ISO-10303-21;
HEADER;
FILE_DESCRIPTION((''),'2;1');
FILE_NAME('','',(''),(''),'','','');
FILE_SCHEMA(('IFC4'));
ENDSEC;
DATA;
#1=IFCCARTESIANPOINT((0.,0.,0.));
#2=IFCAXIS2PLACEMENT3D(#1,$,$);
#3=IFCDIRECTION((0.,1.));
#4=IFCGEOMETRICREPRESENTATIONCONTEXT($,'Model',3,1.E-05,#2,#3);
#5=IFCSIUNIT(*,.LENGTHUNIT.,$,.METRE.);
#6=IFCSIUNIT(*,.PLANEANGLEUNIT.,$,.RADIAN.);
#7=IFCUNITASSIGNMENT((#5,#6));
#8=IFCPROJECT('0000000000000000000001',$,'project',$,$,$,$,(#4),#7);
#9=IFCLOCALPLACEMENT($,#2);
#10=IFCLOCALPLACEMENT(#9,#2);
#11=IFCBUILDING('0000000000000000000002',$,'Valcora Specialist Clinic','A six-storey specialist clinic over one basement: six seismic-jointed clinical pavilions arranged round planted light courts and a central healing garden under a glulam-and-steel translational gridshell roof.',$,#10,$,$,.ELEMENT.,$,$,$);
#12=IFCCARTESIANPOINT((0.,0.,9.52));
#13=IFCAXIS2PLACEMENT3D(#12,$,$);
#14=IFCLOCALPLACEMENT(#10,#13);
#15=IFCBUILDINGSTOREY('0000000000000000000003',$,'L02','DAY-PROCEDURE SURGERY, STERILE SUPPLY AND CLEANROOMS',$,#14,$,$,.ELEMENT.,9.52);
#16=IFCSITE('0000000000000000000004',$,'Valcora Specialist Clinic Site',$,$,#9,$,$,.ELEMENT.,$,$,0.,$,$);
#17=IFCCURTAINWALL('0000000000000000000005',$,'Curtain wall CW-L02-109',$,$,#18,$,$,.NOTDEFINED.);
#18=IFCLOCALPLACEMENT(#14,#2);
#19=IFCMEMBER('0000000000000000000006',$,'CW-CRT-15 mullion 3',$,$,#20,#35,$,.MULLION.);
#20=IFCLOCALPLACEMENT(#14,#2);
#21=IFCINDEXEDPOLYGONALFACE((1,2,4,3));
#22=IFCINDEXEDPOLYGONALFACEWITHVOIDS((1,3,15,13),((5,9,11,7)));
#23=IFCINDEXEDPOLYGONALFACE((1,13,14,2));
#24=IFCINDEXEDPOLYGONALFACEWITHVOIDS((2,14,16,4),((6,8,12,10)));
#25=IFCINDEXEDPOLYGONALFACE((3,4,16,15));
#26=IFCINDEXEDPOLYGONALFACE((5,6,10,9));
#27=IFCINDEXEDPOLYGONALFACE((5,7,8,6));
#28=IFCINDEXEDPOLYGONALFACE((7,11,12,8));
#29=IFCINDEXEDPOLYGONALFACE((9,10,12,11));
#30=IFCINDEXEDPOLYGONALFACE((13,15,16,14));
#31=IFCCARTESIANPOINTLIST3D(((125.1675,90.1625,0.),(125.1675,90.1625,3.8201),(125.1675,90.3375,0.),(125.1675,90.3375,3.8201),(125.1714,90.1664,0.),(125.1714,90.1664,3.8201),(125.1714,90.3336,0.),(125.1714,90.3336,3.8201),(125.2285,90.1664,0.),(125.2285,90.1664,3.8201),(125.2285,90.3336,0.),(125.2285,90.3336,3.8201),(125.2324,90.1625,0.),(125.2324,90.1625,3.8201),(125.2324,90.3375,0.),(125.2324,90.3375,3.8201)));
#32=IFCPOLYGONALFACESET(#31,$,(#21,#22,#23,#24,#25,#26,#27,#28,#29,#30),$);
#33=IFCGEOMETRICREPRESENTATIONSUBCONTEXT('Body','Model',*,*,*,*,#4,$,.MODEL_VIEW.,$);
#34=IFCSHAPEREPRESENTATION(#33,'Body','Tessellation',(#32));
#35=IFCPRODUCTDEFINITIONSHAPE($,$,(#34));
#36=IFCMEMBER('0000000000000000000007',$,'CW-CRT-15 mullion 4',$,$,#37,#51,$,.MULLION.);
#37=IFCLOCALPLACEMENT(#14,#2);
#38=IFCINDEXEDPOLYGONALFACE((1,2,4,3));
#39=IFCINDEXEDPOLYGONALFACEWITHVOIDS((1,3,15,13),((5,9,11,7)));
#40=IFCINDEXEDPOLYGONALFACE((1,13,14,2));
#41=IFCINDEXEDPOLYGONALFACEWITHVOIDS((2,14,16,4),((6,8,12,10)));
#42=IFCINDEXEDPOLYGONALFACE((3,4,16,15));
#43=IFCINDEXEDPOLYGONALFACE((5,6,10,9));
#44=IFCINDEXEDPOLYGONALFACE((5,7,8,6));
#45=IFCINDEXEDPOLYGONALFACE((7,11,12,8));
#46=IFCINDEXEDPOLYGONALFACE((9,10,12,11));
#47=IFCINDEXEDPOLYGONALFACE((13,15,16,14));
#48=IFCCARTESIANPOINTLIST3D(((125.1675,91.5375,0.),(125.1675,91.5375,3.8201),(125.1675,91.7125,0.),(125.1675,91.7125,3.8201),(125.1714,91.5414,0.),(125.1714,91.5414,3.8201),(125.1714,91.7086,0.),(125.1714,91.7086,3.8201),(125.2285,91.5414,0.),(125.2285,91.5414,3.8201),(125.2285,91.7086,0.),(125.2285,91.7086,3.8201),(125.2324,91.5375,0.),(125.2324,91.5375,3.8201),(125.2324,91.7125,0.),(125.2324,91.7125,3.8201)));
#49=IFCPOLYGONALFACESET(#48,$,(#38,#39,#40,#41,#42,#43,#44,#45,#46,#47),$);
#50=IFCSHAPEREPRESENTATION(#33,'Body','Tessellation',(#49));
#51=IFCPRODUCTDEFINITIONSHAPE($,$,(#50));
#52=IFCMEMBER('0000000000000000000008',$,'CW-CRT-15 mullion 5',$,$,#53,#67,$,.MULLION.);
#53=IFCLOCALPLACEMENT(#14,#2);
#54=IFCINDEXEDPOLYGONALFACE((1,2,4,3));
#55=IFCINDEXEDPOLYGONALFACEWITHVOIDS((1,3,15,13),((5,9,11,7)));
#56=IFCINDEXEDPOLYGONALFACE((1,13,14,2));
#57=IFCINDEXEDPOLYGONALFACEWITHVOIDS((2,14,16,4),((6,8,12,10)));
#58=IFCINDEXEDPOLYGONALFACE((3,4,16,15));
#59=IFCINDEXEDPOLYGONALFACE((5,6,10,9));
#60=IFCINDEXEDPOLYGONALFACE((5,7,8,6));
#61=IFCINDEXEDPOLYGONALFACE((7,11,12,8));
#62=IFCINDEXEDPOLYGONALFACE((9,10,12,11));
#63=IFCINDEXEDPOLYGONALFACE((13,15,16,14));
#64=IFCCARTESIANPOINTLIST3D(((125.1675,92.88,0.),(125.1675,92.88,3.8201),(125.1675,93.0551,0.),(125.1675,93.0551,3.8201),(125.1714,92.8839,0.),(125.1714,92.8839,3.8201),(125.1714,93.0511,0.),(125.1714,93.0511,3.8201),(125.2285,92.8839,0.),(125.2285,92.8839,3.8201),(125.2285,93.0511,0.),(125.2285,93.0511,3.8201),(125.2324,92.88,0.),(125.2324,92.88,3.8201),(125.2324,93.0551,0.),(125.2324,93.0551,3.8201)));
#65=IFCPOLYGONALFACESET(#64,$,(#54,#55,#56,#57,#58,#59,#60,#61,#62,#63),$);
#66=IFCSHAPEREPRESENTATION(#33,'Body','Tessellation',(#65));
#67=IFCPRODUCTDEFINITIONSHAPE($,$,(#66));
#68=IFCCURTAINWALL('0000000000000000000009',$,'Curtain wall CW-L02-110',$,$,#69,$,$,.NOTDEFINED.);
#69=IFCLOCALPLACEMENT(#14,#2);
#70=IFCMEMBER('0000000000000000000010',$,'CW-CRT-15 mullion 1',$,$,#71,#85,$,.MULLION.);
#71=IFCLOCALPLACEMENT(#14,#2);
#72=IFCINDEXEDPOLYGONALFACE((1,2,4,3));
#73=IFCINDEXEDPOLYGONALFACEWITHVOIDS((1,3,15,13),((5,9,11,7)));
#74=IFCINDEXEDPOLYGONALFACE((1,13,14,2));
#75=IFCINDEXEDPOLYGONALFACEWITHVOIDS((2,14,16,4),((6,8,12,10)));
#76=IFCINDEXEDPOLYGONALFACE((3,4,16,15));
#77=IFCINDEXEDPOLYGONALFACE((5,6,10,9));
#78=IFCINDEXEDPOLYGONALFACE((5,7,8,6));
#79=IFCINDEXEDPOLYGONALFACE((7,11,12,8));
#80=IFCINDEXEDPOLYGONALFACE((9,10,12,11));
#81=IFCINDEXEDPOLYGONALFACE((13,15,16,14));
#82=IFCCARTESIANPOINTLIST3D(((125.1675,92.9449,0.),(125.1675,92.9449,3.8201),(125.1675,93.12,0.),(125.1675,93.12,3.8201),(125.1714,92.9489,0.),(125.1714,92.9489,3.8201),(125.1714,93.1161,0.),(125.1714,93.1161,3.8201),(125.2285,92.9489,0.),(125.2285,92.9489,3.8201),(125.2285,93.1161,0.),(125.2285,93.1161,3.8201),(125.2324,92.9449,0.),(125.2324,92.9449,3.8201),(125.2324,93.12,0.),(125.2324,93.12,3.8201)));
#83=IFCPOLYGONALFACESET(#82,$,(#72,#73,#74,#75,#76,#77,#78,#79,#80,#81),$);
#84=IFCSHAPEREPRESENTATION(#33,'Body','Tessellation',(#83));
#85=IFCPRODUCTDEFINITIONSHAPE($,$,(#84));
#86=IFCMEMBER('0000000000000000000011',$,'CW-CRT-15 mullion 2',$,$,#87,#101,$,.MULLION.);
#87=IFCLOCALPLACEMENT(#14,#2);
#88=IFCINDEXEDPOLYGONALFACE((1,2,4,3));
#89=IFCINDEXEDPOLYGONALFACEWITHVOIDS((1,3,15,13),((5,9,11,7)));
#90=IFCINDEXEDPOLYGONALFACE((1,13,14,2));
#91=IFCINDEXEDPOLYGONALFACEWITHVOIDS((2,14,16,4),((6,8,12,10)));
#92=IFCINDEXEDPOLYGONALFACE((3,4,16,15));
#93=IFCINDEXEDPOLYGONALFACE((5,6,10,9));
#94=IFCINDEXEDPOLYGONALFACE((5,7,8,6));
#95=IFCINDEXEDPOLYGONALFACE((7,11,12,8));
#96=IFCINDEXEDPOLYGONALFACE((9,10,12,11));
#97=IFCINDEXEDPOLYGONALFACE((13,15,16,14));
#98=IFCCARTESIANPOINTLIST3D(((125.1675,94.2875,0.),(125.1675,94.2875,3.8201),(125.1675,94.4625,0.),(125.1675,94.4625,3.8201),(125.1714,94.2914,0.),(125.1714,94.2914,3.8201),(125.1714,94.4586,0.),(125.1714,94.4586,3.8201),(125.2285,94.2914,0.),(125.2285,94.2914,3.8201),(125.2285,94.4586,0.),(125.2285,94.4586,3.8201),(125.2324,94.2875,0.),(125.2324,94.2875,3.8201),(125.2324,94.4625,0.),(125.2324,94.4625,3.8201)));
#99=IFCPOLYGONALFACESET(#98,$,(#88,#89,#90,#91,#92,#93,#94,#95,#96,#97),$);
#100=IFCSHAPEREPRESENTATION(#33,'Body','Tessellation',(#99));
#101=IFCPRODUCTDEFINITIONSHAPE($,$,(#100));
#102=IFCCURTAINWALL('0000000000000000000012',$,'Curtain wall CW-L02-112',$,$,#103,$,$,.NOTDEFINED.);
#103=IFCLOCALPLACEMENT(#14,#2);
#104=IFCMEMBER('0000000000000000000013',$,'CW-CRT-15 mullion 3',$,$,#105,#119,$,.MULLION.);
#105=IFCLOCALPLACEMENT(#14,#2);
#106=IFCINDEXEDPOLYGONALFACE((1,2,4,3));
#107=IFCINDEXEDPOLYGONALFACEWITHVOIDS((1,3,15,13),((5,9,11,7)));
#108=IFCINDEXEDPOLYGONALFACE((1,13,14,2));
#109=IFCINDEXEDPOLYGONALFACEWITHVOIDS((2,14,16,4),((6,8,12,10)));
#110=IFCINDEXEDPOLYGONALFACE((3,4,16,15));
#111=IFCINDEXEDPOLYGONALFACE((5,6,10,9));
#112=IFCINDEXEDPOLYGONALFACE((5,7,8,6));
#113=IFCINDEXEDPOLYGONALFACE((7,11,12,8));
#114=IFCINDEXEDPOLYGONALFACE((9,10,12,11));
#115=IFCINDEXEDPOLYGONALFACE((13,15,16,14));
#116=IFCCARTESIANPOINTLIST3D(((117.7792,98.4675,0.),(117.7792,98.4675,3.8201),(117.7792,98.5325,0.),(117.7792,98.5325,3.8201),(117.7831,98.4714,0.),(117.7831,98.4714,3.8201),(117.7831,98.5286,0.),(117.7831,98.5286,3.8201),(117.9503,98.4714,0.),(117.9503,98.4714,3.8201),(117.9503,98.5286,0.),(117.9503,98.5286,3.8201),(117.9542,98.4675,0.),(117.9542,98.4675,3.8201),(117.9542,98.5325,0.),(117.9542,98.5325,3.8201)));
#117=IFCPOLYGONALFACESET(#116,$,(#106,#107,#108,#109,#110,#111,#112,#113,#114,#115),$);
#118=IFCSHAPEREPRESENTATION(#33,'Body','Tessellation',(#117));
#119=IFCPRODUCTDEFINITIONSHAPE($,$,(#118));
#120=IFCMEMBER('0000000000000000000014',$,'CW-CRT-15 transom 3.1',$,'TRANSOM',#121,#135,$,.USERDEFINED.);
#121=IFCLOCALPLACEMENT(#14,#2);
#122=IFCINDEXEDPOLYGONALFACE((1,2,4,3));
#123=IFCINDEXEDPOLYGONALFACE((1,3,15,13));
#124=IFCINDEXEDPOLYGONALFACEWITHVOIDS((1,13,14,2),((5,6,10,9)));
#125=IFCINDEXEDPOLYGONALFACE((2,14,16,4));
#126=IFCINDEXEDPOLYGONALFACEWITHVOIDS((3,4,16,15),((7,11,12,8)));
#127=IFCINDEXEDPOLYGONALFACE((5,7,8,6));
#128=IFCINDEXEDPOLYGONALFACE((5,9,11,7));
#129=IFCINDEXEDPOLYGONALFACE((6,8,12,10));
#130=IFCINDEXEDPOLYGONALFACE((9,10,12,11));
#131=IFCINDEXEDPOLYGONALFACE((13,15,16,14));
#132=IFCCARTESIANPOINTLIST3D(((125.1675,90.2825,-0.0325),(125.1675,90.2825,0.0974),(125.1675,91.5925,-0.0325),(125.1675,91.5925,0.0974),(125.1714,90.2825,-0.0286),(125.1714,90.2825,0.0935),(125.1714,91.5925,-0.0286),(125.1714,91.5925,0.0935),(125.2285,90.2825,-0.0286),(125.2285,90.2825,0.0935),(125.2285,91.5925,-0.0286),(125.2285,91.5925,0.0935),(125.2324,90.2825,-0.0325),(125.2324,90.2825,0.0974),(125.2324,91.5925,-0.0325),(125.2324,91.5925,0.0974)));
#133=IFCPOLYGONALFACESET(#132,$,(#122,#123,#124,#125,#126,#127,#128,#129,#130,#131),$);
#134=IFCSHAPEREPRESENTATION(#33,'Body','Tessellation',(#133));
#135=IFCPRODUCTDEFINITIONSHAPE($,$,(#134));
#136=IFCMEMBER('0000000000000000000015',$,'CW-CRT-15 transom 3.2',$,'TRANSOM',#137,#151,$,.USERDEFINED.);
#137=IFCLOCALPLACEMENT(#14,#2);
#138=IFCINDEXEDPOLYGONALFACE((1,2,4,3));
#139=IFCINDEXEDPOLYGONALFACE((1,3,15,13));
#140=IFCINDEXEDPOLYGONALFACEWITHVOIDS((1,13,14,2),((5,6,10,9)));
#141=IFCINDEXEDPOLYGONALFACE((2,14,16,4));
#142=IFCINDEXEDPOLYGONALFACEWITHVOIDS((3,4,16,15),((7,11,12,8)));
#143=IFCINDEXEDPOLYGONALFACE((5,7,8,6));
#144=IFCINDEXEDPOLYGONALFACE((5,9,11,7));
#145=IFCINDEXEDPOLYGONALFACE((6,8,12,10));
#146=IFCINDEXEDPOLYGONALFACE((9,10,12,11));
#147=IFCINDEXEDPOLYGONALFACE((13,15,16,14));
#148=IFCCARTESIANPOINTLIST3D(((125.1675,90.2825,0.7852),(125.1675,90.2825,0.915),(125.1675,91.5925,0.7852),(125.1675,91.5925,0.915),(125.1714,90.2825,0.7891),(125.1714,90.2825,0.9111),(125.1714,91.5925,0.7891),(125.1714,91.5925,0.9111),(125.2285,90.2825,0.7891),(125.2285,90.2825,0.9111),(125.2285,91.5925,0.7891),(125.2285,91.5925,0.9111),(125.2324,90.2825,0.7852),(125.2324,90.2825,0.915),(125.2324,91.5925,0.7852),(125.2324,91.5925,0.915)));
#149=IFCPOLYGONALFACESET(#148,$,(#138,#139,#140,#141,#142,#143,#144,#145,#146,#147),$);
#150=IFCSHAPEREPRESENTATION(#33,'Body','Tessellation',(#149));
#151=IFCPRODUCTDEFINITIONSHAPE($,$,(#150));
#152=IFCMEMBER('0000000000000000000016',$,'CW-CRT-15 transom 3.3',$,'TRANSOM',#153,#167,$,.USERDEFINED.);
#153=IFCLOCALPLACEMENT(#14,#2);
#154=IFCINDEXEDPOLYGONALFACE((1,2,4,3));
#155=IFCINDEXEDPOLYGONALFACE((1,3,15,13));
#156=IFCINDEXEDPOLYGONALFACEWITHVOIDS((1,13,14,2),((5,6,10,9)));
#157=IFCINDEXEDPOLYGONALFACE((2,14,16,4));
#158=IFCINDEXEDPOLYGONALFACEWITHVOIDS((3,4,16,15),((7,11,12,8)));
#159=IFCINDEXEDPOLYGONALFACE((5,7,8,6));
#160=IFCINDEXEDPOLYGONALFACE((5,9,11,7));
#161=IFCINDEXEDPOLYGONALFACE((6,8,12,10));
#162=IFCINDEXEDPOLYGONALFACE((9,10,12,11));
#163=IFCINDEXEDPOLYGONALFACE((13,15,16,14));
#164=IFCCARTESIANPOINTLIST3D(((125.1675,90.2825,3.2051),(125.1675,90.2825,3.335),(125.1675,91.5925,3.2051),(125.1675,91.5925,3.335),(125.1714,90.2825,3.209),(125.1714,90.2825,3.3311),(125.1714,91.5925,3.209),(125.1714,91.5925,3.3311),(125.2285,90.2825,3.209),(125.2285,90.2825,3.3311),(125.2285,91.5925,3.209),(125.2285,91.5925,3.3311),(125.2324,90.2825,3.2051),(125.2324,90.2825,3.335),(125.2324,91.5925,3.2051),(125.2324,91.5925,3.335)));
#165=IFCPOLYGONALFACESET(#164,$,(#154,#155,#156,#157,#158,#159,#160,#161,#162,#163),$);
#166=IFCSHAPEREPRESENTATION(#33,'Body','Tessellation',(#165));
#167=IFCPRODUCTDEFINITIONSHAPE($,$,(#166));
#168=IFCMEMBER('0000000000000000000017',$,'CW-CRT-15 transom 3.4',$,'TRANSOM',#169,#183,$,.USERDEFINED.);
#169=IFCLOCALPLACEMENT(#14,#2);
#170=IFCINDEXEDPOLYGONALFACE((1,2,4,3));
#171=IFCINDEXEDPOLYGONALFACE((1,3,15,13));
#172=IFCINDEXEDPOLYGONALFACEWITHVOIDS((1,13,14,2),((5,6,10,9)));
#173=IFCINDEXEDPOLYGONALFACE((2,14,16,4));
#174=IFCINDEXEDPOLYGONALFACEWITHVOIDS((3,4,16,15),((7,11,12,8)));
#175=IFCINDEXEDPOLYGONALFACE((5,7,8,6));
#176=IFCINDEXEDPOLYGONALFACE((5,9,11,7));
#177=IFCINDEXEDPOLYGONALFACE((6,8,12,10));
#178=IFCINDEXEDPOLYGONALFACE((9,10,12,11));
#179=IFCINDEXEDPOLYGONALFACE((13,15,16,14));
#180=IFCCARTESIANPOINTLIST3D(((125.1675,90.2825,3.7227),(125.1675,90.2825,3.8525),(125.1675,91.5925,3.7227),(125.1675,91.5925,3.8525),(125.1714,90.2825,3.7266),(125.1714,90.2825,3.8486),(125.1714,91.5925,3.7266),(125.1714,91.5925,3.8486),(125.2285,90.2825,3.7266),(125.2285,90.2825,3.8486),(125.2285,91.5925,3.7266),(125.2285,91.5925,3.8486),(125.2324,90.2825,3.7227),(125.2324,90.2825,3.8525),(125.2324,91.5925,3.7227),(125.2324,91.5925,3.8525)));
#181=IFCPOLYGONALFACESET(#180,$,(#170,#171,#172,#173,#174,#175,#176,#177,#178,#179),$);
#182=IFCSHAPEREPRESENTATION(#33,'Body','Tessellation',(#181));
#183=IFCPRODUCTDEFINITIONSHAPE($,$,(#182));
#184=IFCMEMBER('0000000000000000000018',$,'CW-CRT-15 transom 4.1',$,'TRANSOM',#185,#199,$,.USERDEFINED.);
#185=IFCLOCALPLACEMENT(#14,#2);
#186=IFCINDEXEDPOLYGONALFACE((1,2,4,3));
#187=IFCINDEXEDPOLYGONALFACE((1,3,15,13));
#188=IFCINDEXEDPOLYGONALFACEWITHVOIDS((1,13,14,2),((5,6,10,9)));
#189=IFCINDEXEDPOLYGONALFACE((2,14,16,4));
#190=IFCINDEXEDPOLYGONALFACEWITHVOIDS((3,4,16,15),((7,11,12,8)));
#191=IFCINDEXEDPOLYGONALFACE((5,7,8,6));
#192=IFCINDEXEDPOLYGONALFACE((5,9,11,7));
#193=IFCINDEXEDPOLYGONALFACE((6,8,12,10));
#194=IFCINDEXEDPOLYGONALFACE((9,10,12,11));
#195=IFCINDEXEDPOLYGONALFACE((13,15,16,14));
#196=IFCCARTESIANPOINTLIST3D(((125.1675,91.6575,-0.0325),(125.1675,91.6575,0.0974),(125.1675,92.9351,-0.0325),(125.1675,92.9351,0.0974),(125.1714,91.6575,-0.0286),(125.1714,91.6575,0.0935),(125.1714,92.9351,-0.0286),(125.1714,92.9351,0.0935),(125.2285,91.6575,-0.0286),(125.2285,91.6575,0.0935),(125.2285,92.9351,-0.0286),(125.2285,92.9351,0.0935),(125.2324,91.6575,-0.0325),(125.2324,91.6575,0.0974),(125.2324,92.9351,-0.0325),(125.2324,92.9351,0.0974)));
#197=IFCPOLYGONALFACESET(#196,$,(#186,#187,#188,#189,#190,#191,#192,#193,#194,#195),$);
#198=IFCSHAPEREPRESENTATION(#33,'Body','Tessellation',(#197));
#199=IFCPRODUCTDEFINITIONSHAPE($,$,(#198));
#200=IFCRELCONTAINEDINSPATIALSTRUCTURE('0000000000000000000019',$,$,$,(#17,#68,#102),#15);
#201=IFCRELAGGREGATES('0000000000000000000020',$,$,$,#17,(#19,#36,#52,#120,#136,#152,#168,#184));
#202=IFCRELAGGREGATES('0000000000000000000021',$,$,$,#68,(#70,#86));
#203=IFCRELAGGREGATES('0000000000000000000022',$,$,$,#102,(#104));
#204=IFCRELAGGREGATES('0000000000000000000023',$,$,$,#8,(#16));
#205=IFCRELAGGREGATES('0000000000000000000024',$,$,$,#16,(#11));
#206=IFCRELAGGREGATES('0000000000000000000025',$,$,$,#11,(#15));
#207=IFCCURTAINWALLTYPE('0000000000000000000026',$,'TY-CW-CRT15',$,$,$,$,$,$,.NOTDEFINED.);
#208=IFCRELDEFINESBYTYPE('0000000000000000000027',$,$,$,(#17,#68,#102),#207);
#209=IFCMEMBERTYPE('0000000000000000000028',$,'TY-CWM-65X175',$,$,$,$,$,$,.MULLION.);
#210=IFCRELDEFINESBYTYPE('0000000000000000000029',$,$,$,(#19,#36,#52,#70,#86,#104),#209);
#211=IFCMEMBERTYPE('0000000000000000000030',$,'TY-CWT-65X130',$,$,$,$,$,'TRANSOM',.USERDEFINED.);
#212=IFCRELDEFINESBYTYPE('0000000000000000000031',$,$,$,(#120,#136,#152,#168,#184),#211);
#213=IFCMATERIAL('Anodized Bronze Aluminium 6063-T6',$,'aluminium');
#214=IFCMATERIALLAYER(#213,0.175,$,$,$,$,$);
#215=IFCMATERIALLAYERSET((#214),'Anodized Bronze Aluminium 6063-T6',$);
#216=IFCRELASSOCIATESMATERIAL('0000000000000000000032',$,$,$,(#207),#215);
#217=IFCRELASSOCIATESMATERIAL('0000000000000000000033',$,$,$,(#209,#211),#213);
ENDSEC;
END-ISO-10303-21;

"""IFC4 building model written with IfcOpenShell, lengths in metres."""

from ifc_helpers import new_model, si_unit, direction, frame, origin, origin_2d, place, context, subcontext, project, spatial, hollow_rectangle, extrude, material, layer, layer_set, material_profile, profile_set, type_object, element, aggregate, save


model = new_model("IFC4")

# Units and contexts
model_context = context("Model", 3, precision=1e-05, world=origin(), true_north=direction((0.0, 1.0)))
body_context = subcontext(model_context, "Body", "Model", "MODEL_VIEW")
ifc_project = project(units=[si_unit("LENGTHUNIT", "METRE"), si_unit("PLANEANGLEUNIT", "RADIAN")], contexts=[model_context])

# Site, building, storey
site_placement = place(None, origin())
site = spatial("IfcSite", under=ifc_project, at=site_placement, Name="Valcora Specialist Clinic Site", CompositionType="ELEMENT", RefElevation=0.0)
building_placement = place(site_placement, origin())
building = spatial("IfcBuilding", under=site, at=building_placement, Name="Valcora Specialist Clinic", Description="A six-storey specialist clinic over one basement: six seismic-jointed clinical pavilions arranged round planted light courts and a central healing garden under a glulam-and-steel translational gridshell roof.", CompositionType="ELEMENT")
storey_placement = place(building_placement, frame((0.0, 0.0, 9.52)))
storey = spatial("IfcBuildingStorey", under=building, at=storey_placement, Name="L02", Description="DAY-PROCEDURE SURGERY, STERILE SUPPLY AND CLEANROOMS", CompositionType="ELEMENT", Elevation=9.52)

# Curtain walls, members
ifc_material_1 = material(Name="Anodized Bronze Aluminium 6063-T6", Category="aluminium")
ifc_layer_1 = layer(ifc_material_1, 0.175)
ifc_layer_set_1 = layer_set([ifc_layer_1], Name="Anodized Bronze Aluminium 6063-T6")
curtain_wall_type = type_object("IfcCurtainWallType", Name="TY-CW-CRT15", PredefinedType="NOTDEFINED", material=ifc_layer_set_1)
curtain_wall_1_placement = place(storey_placement, origin())
curtain_wall_1 = element("IfcCurtainWall", 1, at=curtain_wall_1_placement, inside=storey, type_object=curtain_wall_type, Name="Curtain wall CW-L02-109", PredefinedType="NOTDEFINED")
ifc_material_profile_1 = material_profile(ifc_material_1, hollow_rectangle(XDim=0.0649, YDim=0.175, WallThickness=0.0039, at=origin_2d()), Name="AL-MUL-65X175")
ifc_profile_set_1 = profile_set([ifc_material_profile_1], Name="Anodized Bronze Aluminium 6063-T6")
member_type_1 = type_object("IfcMemberType", Name="TY-CWM-65X175", PredefinedType="MULLION", material=ifc_profile_set_1)
member_1_placement = place(storey_placement, frame((125.2, 90.25, 0.0), z_axis=(0.0, 0.0, 1.0), x_axis=(-1.0, 0.0, 0.0)))
member_1 = element("IfcMember", 2, at=member_1_placement, type_object=member_type_1, Name="CW-CRT-15 mullion 3", PredefinedType="MULLION", context=body_context, shape_type="SweptSolid", body=[
    extrude(hollow_rectangle(XDim=0.0649, YDim=0.175, WallThickness=0.0039, at=origin_2d()), origin(), (0.0, 0.0, 1.0), 3.8201),
])
member_2_placement = place(storey_placement, frame((125.2, 91.625, 0.0), z_axis=(0.0, 0.0, 1.0), x_axis=(-1.0, 0.0, 0.0)))
member_2 = element("IfcMember", 3, at=member_2_placement, type_object=member_type_1, Name="CW-CRT-15 mullion 4", PredefinedType="MULLION", context=body_context, shape_type="SweptSolid", body=[
    extrude(hollow_rectangle(XDim=0.0649, YDim=0.175, WallThickness=0.0039, at=origin_2d()), origin(), (0.0, 0.0, 1.0), 3.8201),
])
member_3_placement = place(storey_placement, frame((125.2, 92.9675, 0.0), z_axis=(0.0, 0.0, 1.0), x_axis=(-1.0, 0.0, 0.0)))
member_3 = element("IfcMember", 4, at=member_3_placement, type_object=member_type_1, Name="CW-CRT-15 mullion 5", PredefinedType="MULLION", context=body_context, shape_type="SweptSolid", body=[
    extrude(hollow_rectangle(XDim=0.0649, YDim=0.175, WallThickness=0.0039, at=origin_2d()), origin(), (0.0, 0.0, 1.0), 3.8201),
])
curtain_wall_2_placement = place(storey_placement, origin())
curtain_wall_2 = element("IfcCurtainWall", 5, at=curtain_wall_2_placement, inside=storey, type_object=curtain_wall_type, Name="Curtain wall CW-L02-110", PredefinedType="NOTDEFINED")
member_4_placement = place(storey_placement, frame((125.2, 93.0325, 0.0), z_axis=(0.0, 0.0, 1.0), x_axis=(-1.0, 0.0, 0.0)))
member_4 = element("IfcMember", 6, at=member_4_placement, type_object=member_type_1, Name="CW-CRT-15 mullion 1", PredefinedType="MULLION", context=body_context, shape_type="SweptSolid", body=[
    extrude(hollow_rectangle(XDim=0.0649, YDim=0.175, WallThickness=0.0039, at=origin_2d()), origin(), (0.0, 0.0, 1.0), 3.8201),
])
member_5_placement = place(storey_placement, frame((125.2, 94.375, 0.0), z_axis=(0.0, 0.0, 1.0), x_axis=(-1.0, 0.0, 0.0)))
member_5 = element("IfcMember", 7, at=member_5_placement, type_object=member_type_1, Name="CW-CRT-15 mullion 2", PredefinedType="MULLION", context=body_context, shape_type="SweptSolid", body=[
    extrude(hollow_rectangle(XDim=0.0649, YDim=0.175, WallThickness=0.0039, at=origin_2d()), origin(), (0.0, 0.0, 1.0), 3.8201),
])

# Curtain wall, member
curtain_wall_3_placement = place(storey_placement, origin())
curtain_wall_3 = element("IfcCurtainWall", 8, at=curtain_wall_3_placement, inside=storey, type_object=curtain_wall_type, Name="Curtain wall CW-L02-112", PredefinedType="NOTDEFINED")
member_6_placement = place(storey_placement, frame((117.8667, 98.5, 0.0), z_axis=(0.0, 0.0, 1.0), x_axis=(0.0, -1.0, 0.0)))
member_6 = element("IfcMember", 9, at=member_6_placement, type_object=member_type_1, Name="CW-CRT-15 mullion 3", PredefinedType="MULLION", context=body_context, shape_type="SweptSolid", body=[
    extrude(hollow_rectangle(XDim=0.0649, YDim=0.175, WallThickness=0.0039, at=origin_2d()), origin(), (0.0, 0.0, 1.0), 3.8201),
])

# Members
ifc_material_profile_2 = material_profile(ifc_material_1, hollow_rectangle(XDim=0.0649, YDim=0.1299, WallThickness=0.0039, at=origin_2d()), Name="AL-TRN-65X130")
ifc_profile_set_2 = profile_set([ifc_material_profile_2], Name="Anodized Bronze Aluminium 6063-T6")
member_type_2 = type_object("IfcMemberType", Name="TY-CWT-65X130", ElementType="TRANSOM", PredefinedType="USERDEFINED", material=ifc_profile_set_2)
member_7_placement = place(storey_placement, frame((125.2, 90.2825, 0.0325), z_axis=(0.0, 1.0, 0.0), x_axis=(-1.0, 0.0, 0.0)))
member_7 = element("IfcMember", 10, at=member_7_placement, type_object=member_type_2, Name="CW-CRT-15 transom 3.1", ObjectType="TRANSOM", PredefinedType="USERDEFINED", context=body_context, shape_type="SweptSolid", body=[
    extrude(hollow_rectangle(XDim=0.0649, YDim=0.1299, WallThickness=0.0039, at=origin_2d()), origin(), (0.0, 0.0, 1.0), 1.3101),
])
member_8_placement = place(storey_placement, frame((125.2, 90.2825, 0.8501), z_axis=(0.0, 1.0, 0.0), x_axis=(-1.0, 0.0, 0.0)))
member_8 = element("IfcMember", 11, at=member_8_placement, type_object=member_type_2, Name="CW-CRT-15 transom 3.2", ObjectType="TRANSOM", PredefinedType="USERDEFINED", context=body_context, shape_type="SweptSolid", body=[
    extrude(hollow_rectangle(XDim=0.0649, YDim=0.1299, WallThickness=0.0039, at=origin_2d()), origin(), (0.0, 0.0, 1.0), 1.3101),
])
member_9_placement = place(storey_placement, frame((125.2, 90.2825, 3.27), z_axis=(0.0, 1.0, 0.0), x_axis=(-1.0, 0.0, 0.0)))
member_9 = element("IfcMember", 12, at=member_9_placement, type_object=member_type_2, Name="CW-CRT-15 transom 3.3", ObjectType="TRANSOM", PredefinedType="USERDEFINED", context=body_context, shape_type="SweptSolid", body=[
    extrude(hollow_rectangle(XDim=0.0649, YDim=0.1299, WallThickness=0.0039, at=origin_2d()), origin(), (0.0, 0.0, 1.0), 1.3101),
])
member_10_placement = place(storey_placement, frame((125.2, 90.2825, 3.7876), z_axis=(0.0, 1.0, 0.0), x_axis=(-1.0, 0.0, 0.0)))
member_10 = element("IfcMember", 13, at=member_10_placement, type_object=member_type_2, Name="CW-CRT-15 transom 3.4", ObjectType="TRANSOM", PredefinedType="USERDEFINED", context=body_context, shape_type="SweptSolid", body=[
    extrude(hollow_rectangle(XDim=0.0649, YDim=0.1299, WallThickness=0.0039, at=origin_2d()), origin(), (0.0, 0.0, 1.0), 1.3101),
])
member_11_placement = place(storey_placement, frame((125.2, 91.6575, 0.0325), z_axis=(0.0, 1.0, 0.0), x_axis=(-1.0, 0.0, 0.0)))
member_11 = element("IfcMember", 14, at=member_11_placement, type_object=member_type_2, Name="CW-CRT-15 transom 4.1", ObjectType="TRANSOM", PredefinedType="USERDEFINED", context=body_context, shape_type="SweptSolid", body=[
    extrude(hollow_rectangle(XDim=0.0649, YDim=0.1299, WallThickness=0.0039, at=origin_2d()), origin(), (0.0, 0.0, 1.0), 1.2776),
])

aggregate(curtain_wall_1, [member_1, member_2, member_3, member_7, member_8, member_9, member_10, member_11])
aggregate(curtain_wall_2, [member_4, member_5])
aggregate(curtain_wall_3, [member_6])

save(model, "model.ifc")
